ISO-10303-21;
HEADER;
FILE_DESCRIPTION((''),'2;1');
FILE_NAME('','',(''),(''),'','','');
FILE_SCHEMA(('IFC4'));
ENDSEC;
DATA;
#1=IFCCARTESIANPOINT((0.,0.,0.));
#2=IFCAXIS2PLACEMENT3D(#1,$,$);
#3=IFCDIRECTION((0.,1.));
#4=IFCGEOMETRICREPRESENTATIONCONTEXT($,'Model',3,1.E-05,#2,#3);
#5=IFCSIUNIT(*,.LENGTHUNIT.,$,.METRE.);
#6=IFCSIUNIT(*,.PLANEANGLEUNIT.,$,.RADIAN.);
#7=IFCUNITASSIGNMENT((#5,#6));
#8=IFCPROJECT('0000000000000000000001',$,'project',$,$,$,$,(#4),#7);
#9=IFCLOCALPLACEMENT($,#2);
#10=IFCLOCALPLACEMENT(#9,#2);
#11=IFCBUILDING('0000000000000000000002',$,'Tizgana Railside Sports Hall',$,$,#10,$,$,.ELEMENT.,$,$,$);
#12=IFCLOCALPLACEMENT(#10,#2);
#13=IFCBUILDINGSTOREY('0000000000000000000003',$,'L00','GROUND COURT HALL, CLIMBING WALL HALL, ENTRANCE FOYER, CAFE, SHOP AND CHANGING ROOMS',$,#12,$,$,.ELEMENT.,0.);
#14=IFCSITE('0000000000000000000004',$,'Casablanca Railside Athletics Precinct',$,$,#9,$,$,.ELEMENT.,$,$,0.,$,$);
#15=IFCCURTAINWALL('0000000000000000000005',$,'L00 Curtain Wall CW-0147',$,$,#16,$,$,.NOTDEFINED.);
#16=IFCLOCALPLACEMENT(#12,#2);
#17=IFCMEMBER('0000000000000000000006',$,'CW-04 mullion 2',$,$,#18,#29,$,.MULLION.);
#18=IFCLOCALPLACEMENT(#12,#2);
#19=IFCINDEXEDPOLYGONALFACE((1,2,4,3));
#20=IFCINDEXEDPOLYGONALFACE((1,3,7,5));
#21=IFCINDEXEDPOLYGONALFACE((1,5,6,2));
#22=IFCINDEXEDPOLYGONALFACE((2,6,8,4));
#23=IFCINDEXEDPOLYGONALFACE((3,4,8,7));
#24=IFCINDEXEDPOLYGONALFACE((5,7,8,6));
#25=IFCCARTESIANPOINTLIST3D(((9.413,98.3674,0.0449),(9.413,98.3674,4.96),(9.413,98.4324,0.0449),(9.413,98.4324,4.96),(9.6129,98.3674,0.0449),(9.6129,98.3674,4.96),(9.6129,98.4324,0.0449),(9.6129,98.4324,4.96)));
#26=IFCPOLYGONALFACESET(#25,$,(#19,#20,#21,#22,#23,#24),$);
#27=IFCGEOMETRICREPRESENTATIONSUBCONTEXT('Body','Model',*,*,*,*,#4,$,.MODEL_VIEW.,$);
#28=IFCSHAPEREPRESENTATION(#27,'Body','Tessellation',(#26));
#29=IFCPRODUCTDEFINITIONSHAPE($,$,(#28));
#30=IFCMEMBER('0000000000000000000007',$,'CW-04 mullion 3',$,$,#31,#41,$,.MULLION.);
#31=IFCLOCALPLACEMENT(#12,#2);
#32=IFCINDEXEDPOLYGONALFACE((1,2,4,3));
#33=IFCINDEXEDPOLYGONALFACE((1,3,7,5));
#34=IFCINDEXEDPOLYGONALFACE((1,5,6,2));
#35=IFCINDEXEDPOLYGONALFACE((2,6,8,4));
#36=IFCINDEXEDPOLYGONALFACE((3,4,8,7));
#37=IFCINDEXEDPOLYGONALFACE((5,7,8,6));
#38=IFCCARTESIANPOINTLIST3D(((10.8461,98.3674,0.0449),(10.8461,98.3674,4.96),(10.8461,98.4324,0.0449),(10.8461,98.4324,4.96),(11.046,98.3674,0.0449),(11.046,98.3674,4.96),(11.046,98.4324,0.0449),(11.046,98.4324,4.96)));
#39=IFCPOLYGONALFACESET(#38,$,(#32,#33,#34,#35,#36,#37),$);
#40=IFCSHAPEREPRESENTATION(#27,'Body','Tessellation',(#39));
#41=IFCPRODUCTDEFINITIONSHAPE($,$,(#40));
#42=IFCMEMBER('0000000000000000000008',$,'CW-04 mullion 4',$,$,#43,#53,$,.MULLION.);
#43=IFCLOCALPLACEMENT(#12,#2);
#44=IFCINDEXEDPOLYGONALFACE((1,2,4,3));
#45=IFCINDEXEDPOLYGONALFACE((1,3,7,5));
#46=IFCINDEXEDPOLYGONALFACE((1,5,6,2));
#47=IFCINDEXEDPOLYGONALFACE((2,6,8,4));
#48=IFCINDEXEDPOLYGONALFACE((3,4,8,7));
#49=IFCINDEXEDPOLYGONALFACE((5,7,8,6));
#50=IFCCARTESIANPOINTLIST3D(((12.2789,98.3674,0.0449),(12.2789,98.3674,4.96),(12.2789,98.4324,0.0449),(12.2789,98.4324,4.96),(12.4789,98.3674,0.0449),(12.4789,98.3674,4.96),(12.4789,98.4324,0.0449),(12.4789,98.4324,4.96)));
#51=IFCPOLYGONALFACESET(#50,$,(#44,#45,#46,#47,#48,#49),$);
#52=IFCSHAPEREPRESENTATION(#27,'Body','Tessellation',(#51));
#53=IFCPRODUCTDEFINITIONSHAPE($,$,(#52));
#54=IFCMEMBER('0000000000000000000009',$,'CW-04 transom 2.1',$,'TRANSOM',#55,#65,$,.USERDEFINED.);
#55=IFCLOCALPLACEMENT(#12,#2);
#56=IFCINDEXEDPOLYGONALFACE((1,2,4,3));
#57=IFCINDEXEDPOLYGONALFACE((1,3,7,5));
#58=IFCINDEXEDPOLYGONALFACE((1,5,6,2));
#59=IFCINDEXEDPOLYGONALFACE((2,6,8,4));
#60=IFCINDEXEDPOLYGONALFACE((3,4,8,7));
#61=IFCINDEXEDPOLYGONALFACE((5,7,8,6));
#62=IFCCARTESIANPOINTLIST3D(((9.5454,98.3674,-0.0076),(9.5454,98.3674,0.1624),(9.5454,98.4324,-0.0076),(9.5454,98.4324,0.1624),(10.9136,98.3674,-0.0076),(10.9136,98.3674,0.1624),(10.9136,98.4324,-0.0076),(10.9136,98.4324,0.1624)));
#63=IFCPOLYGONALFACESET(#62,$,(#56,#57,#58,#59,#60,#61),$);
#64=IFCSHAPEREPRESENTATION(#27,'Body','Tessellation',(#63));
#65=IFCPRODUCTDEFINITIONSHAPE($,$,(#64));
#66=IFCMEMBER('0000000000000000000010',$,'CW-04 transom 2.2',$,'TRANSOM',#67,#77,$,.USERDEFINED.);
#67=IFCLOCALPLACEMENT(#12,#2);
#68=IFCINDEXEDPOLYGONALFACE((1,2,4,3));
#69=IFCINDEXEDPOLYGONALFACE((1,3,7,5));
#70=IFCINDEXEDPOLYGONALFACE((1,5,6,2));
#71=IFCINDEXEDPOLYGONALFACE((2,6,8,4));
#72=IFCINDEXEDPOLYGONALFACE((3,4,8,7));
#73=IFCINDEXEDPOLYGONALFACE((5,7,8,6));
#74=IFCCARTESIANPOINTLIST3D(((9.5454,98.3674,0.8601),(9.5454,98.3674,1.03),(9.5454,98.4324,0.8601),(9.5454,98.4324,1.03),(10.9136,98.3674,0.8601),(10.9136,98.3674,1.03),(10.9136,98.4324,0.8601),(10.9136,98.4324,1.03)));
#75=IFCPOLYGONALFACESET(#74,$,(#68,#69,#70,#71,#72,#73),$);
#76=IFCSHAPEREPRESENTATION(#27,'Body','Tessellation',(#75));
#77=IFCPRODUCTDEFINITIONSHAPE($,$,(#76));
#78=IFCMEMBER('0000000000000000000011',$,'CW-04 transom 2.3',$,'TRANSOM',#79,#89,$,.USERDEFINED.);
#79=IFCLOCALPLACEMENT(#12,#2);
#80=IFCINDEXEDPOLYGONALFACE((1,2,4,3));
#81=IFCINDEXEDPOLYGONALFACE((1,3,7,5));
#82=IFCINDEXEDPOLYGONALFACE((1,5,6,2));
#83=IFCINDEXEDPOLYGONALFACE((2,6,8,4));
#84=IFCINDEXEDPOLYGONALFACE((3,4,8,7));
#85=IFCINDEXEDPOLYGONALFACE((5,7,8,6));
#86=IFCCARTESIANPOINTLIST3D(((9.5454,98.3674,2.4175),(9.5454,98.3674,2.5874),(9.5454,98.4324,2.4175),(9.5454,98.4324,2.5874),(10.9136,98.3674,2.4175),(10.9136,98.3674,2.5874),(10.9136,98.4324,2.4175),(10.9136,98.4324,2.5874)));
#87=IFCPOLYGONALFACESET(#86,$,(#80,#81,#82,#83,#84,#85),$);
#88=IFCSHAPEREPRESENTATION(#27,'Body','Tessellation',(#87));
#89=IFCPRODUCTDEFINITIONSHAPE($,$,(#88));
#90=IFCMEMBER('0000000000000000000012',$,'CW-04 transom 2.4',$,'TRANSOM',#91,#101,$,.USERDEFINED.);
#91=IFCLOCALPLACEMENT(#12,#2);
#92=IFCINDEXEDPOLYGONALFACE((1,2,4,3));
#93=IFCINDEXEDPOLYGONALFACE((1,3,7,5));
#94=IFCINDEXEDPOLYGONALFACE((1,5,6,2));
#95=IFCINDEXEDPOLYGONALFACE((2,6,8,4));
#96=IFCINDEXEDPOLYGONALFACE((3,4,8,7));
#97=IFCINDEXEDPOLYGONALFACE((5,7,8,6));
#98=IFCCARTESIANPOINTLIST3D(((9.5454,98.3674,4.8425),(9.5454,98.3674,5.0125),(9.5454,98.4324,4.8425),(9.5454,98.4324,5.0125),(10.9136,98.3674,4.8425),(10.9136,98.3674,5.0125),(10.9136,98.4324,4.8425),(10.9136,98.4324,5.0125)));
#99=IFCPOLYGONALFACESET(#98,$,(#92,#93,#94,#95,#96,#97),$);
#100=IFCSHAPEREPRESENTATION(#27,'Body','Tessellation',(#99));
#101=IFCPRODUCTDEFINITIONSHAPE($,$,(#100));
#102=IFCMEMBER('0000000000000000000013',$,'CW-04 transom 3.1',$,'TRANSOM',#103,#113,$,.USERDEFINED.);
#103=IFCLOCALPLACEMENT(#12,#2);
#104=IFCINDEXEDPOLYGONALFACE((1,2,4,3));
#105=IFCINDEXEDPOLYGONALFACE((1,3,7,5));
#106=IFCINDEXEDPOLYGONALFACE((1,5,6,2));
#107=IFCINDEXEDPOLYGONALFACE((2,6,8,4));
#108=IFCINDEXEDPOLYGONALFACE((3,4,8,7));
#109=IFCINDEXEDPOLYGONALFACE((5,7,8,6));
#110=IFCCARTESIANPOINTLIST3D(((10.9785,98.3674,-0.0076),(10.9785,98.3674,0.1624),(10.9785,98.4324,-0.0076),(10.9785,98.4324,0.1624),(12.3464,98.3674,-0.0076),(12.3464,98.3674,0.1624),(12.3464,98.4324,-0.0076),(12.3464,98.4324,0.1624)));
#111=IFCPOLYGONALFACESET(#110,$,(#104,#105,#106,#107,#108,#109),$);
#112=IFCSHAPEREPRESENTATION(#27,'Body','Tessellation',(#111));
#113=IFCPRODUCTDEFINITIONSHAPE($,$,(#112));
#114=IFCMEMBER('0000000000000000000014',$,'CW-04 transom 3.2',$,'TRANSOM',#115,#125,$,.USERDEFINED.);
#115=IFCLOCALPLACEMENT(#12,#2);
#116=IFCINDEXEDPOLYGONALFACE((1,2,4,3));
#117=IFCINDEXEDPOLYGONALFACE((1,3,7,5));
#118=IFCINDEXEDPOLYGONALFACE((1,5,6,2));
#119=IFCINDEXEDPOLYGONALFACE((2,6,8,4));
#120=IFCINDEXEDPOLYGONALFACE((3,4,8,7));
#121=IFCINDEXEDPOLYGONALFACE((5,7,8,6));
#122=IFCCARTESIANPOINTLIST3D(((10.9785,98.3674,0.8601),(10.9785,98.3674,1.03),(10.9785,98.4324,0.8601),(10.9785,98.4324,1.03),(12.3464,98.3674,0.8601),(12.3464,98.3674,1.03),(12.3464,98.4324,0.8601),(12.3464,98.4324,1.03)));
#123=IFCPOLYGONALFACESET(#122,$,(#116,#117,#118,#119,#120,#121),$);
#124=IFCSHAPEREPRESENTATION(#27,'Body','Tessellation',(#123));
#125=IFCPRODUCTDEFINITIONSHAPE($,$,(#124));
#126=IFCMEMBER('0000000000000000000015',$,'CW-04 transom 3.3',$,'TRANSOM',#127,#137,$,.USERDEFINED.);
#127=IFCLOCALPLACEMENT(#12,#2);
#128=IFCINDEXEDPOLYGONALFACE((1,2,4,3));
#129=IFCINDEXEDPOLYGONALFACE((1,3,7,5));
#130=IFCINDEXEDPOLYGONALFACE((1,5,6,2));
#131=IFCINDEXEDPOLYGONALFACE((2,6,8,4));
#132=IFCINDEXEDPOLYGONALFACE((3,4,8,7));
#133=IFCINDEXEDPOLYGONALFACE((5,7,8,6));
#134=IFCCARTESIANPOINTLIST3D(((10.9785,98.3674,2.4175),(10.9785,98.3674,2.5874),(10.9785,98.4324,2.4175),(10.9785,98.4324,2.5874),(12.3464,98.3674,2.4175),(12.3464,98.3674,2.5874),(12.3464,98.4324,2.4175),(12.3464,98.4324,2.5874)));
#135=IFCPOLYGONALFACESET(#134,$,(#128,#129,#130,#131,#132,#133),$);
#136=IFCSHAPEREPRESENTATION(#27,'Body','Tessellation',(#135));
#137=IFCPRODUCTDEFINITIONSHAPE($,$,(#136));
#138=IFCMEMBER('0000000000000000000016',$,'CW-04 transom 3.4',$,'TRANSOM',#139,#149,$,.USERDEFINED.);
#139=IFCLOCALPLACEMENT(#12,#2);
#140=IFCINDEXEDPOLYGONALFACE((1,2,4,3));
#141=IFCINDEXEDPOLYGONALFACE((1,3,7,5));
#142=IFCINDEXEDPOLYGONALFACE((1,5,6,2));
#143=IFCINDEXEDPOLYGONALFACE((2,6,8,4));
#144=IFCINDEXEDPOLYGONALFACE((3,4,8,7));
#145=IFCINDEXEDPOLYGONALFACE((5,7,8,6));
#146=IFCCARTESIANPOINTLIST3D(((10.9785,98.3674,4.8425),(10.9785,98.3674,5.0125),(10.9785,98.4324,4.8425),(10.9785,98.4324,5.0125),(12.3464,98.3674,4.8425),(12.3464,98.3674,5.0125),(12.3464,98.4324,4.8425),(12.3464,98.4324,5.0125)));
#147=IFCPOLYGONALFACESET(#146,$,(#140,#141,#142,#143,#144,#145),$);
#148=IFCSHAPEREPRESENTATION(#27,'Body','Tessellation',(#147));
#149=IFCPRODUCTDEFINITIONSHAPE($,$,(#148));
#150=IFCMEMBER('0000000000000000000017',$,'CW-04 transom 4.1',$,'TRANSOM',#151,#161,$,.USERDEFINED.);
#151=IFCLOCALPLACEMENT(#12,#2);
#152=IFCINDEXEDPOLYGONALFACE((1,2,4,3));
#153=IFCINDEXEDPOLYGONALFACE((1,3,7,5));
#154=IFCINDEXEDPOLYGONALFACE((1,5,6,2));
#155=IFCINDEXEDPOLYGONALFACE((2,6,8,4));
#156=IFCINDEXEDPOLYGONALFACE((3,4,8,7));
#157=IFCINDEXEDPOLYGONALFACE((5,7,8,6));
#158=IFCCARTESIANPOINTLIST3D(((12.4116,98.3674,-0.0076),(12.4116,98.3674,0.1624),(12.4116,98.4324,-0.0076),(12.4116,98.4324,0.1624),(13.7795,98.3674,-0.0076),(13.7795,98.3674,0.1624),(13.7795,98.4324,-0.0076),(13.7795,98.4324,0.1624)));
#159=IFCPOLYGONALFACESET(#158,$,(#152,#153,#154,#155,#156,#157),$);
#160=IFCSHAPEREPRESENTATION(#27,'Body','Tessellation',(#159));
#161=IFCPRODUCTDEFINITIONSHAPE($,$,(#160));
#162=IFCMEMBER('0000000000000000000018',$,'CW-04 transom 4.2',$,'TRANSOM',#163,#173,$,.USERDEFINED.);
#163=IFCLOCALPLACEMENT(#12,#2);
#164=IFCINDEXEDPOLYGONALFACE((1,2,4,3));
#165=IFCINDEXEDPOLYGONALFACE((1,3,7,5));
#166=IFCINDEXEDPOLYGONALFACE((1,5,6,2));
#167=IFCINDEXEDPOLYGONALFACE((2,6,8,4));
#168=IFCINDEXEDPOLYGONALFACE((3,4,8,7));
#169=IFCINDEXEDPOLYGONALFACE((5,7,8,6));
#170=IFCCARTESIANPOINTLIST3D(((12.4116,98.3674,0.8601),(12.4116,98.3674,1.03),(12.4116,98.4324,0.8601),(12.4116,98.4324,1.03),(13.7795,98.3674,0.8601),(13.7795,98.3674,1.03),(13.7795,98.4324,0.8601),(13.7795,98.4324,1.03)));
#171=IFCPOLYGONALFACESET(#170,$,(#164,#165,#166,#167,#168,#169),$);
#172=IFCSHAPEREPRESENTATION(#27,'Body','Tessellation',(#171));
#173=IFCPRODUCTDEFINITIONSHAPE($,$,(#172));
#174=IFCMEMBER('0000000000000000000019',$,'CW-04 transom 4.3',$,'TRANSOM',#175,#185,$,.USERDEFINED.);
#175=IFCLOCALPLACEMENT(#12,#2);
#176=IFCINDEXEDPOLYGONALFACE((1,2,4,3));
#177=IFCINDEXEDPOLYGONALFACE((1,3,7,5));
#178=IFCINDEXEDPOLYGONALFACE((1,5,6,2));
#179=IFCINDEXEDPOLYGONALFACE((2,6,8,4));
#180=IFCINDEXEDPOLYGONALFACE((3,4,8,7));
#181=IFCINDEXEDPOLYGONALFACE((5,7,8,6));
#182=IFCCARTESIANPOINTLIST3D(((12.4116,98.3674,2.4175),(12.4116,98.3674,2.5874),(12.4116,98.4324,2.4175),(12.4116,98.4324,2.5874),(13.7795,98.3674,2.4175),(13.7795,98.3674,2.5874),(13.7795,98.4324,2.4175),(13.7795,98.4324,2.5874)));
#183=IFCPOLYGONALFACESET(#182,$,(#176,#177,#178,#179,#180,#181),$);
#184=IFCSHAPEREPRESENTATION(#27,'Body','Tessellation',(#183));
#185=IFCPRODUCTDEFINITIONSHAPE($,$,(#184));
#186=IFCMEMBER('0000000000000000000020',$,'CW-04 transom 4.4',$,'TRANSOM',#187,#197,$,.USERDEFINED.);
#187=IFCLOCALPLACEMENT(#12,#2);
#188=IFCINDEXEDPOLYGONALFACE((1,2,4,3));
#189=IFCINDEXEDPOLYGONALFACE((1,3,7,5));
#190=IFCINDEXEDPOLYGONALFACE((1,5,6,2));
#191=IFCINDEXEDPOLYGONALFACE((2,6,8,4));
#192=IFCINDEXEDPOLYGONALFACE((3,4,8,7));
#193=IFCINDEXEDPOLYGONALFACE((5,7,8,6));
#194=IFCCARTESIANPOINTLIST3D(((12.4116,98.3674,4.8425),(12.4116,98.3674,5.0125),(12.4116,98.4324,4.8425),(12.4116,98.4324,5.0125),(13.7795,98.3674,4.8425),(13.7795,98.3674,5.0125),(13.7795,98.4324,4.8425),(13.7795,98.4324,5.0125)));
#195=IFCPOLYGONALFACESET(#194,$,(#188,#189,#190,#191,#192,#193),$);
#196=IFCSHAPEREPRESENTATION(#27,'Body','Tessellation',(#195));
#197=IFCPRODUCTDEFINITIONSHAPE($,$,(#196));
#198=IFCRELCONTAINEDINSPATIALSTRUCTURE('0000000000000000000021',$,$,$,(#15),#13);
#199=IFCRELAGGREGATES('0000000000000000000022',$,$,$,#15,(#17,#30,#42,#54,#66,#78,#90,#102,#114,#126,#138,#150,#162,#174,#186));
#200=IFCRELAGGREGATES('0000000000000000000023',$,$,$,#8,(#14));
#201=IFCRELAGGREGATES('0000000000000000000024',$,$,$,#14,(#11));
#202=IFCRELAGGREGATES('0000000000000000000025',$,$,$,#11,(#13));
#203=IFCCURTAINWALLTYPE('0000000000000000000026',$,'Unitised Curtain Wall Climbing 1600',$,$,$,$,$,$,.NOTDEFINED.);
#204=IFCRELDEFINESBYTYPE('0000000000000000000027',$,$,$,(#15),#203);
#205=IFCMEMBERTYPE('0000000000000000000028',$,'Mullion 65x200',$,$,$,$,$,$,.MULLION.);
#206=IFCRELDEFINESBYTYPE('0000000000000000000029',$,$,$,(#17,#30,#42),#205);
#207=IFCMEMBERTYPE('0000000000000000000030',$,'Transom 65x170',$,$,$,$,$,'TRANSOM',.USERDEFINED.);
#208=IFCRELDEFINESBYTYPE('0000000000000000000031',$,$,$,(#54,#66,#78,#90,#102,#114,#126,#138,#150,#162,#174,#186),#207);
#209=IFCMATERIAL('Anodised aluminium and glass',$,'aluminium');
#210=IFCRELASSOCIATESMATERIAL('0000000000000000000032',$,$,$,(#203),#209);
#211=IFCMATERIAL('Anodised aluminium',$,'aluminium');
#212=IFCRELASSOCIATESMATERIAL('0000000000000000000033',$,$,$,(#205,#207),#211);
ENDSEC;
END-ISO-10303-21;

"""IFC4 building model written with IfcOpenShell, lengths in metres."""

from ifc_helpers import new_model, si_unit, direction, frame, origin, origin_2d, place, context, subcontext, project, spatial, rectangle, extrude, material, material_profile, profile_set, type_object, element, aggregate, save


model = new_model("IFC4")

# Units and contexts
model_context = context("Model", 3, precision=1e-05, world=origin(), true_north=direction((0.0, 1.0)))
body_context = subcontext(model_context, "Body", "Model", "MODEL_VIEW")
ifc_project = project(units=[si_unit("LENGTHUNIT", "METRE"), si_unit("PLANEANGLEUNIT", "RADIAN")], contexts=[model_context])

# Site, building, storey
site_placement = place(None, origin())
site = spatial("IfcSite", under=ifc_project, at=site_placement, Name="Casablanca Railside Athletics Precinct", CompositionType="ELEMENT", RefElevation=0.0)
building_placement = place(site_placement, origin())
building = spatial("IfcBuilding", under=site, at=building_placement, Name="Tizgana Railside Sports Hall", CompositionType="ELEMENT")
storey_placement = place(building_placement, origin())
storey = spatial("IfcBuildingStorey", under=building, at=storey_placement, Name="L00", Description="GROUND COURT HALL, CLIMBING WALL HALL, ENTRANCE FOYER, CAFE, SHOP AND CHANGING ROOMS", CompositionType="ELEMENT", Elevation=0.0)

# Curtain wall, members
ifc_material_1 = material(Name="Anodised aluminium and glass", Category="aluminium")
curtain_wall_type = type_object("IfcCurtainWallType", Name="Unitised Curtain Wall Climbing 1600", PredefinedType="NOTDEFINED", material=ifc_material_1)
curtain_wall_placement = place(storey_placement, origin())
curtain_wall = element("IfcCurtainWall", 1, at=curtain_wall_placement, inside=storey, type_object=curtain_wall_type, Name="L00 Curtain Wall CW-0147", PredefinedType="NOTDEFINED")
ifc_material_2 = material(Name="Anodised aluminium", Category="aluminium")
ifc_material_profile_1 = material_profile(ifc_material_2, rectangle(XDim=0.0649, YDim=0.2, at=origin_2d()), Name="Mullion 65x200")
ifc_profile_set_1 = profile_set([ifc_material_profile_1], Name="Anodised aluminium")
member_type_1 = type_object("IfcMemberType", Name="Mullion 65x200", PredefinedType="MULLION", material=ifc_profile_set_1)
member_1_placement = place(storey_placement, frame((9.5129, 98.3999, 0.0449), z_axis=(0.0, 0.0, 1.0), x_axis=(0.0, 1.0, 0.0)))
member_1 = element("IfcMember", 2, at=member_1_placement, type_object=member_type_1, Name="CW-04 mullion 2", PredefinedType="MULLION", context=body_context, shape_type="SweptSolid", body=[
    extrude(rectangle(XDim=0.0649, YDim=0.2, at=origin_2d()), origin(), (0.0, 0.0, 1.0), 4.915),
])
member_2_placement = place(storey_placement, frame((10.946, 98.3999, 0.0449), z_axis=(0.0, 0.0, 1.0), x_axis=(0.0, 1.0, 0.0)))
member_2 = element("IfcMember", 3, at=member_2_placement, type_object=member_type_1, Name="CW-04 mullion 3", PredefinedType="MULLION", context=body_context, shape_type="SweptSolid", body=[
    extrude(rectangle(XDim=0.0649, YDim=0.2, at=origin_2d()), origin(), (0.0, 0.0, 1.0), 4.915),
])
member_3_placement = place(storey_placement, frame((12.3789, 98.3999, 0.0449), z_axis=(0.0, 0.0, 1.0), x_axis=(0.0, 1.0, 0.0)))
member_3 = element("IfcMember", 4, at=member_3_placement, type_object=member_type_1, Name="CW-04 mullion 4", PredefinedType="MULLION", context=body_context, shape_type="SweptSolid", body=[
    extrude(rectangle(XDim=0.0649, YDim=0.2, at=origin_2d()), origin(), (0.0, 0.0, 1.0), 4.915),
])
ifc_material_profile_2 = material_profile(ifc_material_2, rectangle(XDim=0.0649, YDim=0.1699, at=origin_2d()), Name="Transom 65x170")
ifc_profile_set_2 = profile_set([ifc_material_profile_2], Name="Anodised aluminium")
member_type_2 = type_object("IfcMemberType", Name="Transom 65x170", ElementType="TRANSOM", PredefinedType="USERDEFINED", material=ifc_profile_set_2)
member_4_placement = place(storey_placement, frame((9.5454, 98.3999, 0.0774), z_axis=(1.0, 0.0, 0.0), x_axis=(0.0, 1.0, 0.0)))
member_4 = element("IfcMember", 5, at=member_4_placement, type_object=member_type_2, Name="CW-04 transom 2.1", ObjectType="TRANSOM", PredefinedType="USERDEFINED", context=body_context, shape_type="SweptSolid", body=[
    extrude(rectangle(XDim=0.0649, YDim=0.1699, at=origin_2d()), origin(), (0.0, 0.0, 1.0), 1.3682),
])
member_5_placement = place(storey_placement, frame((9.5454, 98.3999, 0.9451), z_axis=(1.0, 0.0, 0.0), x_axis=(0.0, 1.0, 0.0)))
member_5 = element("IfcMember", 6, at=member_5_placement, type_object=member_type_2, Name="CW-04 transom 2.2", ObjectType="TRANSOM", PredefinedType="USERDEFINED", context=body_context, shape_type="SweptSolid", body=[
    extrude(rectangle(XDim=0.0649, YDim=0.1699, at=origin_2d()), origin(), (0.0, 0.0, 1.0), 1.3682),
])
member_6_placement = place(storey_placement, frame((9.5454, 98.3999, 2.5024), z_axis=(1.0, 0.0, 0.0), x_axis=(0.0, 1.0, 0.0)))
member_6 = element("IfcMember", 7, at=member_6_placement, type_object=member_type_2, Name="CW-04 transom 2.3", ObjectType="TRANSOM", PredefinedType="USERDEFINED", context=body_context, shape_type="SweptSolid", body=[
    extrude(rectangle(XDim=0.0649, YDim=0.1699, at=origin_2d()), origin(), (0.0, 0.0, 1.0), 1.3682),
])
member_7_placement = place(storey_placement, frame((9.5454, 98.3999, 4.9275), z_axis=(1.0, 0.0, 0.0), x_axis=(0.0, 1.0, 0.0)))
member_7 = element("IfcMember", 8, at=member_7_placement, type_object=member_type_2, Name="CW-04 transom 2.4", ObjectType="TRANSOM", PredefinedType="USERDEFINED", context=body_context, shape_type="SweptSolid", body=[
    extrude(rectangle(XDim=0.0649, YDim=0.1699, at=origin_2d()), origin(), (0.0, 0.0, 1.0), 1.3682),
])
member_8_placement = place(storey_placement, frame((10.9785, 98.3999, 0.0774), z_axis=(1.0, 0.0, 0.0), x_axis=(0.0, 1.0, 0.0)))
member_8 = element("IfcMember", 9, at=member_8_placement, type_object=member_type_2, Name="CW-04 transom 3.1", ObjectType="TRANSOM", PredefinedType="USERDEFINED", context=body_context, shape_type="SweptSolid", body=[
    extrude(rectangle(XDim=0.0649, YDim=0.1699, at=origin_2d()), origin(), (0.0, 0.0, 1.0), 1.3679),
])
member_9_placement = place(storey_placement, frame((10.9785, 98.3999, 0.9451), z_axis=(1.0, 0.0, 0.0), x_axis=(0.0, 1.0, 0.0)))
member_9 = element("IfcMember", 10, at=member_9_placement, type_object=member_type_2, Name="CW-04 transom 3.2", ObjectType="TRANSOM", PredefinedType="USERDEFINED", context=body_context, shape_type="SweptSolid", body=[
    extrude(rectangle(XDim=0.0649, YDim=0.1699, at=origin_2d()), origin(), (0.0, 0.0, 1.0), 1.3679),
])
member_10_placement = place(storey_placement, frame((10.9785, 98.3999, 2.5024), z_axis=(1.0, 0.0, 0.0), x_axis=(0.0, 1.0, 0.0)))
member_10 = element("IfcMember", 11, at=member_10_placement, type_object=member_type_2, Name="CW-04 transom 3.3", ObjectType="TRANSOM", PredefinedType="USERDEFINED", context=body_context, shape_type="SweptSolid", body=[
    extrude(rectangle(XDim=0.0649, YDim=0.1699, at=origin_2d()), origin(), (0.0, 0.0, 1.0), 1.3679),
])
member_11_placement = place(storey_placement, frame((10.9785, 98.3999, 4.9275), z_axis=(1.0, 0.0, 0.0), x_axis=(0.0, 1.0, 0.0)))
member_11 = element("IfcMember", 12, at=member_11_placement, type_object=member_type_2, Name="CW-04 transom 3.4", ObjectType="TRANSOM", PredefinedType="USERDEFINED", context=body_context, shape_type="SweptSolid", body=[
    extrude(rectangle(XDim=0.0649, YDim=0.1699, at=origin_2d()), origin(), (0.0, 0.0, 1.0), 1.3679),
])
member_12_placement = place(storey_placement, frame((12.4116, 98.3999, 0.0774), z_axis=(1.0, 0.0, 0.0), x_axis=(0.0, 1.0, 0.0)))
member_12 = element("IfcMember", 13, at=member_12_placement, type_object=member_type_2, Name="CW-04 transom 4.1", ObjectType="TRANSOM", PredefinedType="USERDEFINED", context=body_context, shape_type="SweptSolid", body=[
    extrude(rectangle(XDim=0.0649, YDim=0.1699, at=origin_2d()), origin(), (0.0, 0.0, 1.0), 1.3679),
])
member_13_placement = place(storey_placement, frame((12.4116, 98.3999, 0.9451), z_axis=(1.0, 0.0, 0.0), x_axis=(0.0, 1.0, 0.0)))
member_13 = element("IfcMember", 14, at=member_13_placement, type_object=member_type_2, Name="CW-04 transom 4.2", ObjectType="TRANSOM", PredefinedType="USERDEFINED", context=body_context, shape_type="SweptSolid", body=[
    extrude(rectangle(XDim=0.0649, YDim=0.1699, at=origin_2d()), origin(), (0.0, 0.0, 1.0), 1.3679),
])
member_14_placement = place(storey_placement, frame((12.4116, 98.3999, 2.5024), z_axis=(1.0, 0.0, 0.0), x_axis=(0.0, 1.0, 0.0)))
member_14 = element("IfcMember", 15, at=member_14_placement, type_object=member_type_2, Name="CW-04 transom 4.3", ObjectType="TRANSOM", PredefinedType="USERDEFINED", context=body_context, shape_type="SweptSolid", body=[
    extrude(rectangle(XDim=0.0649, YDim=0.1699, at=origin_2d()), origin(), (0.0, 0.0, 1.0), 1.3679),
])
member_15_placement = place(storey_placement, frame((12.4116, 98.3999, 4.9275), z_axis=(1.0, 0.0, 0.0), x_axis=(0.0, 1.0, 0.0)))
member_15 = element("IfcMember", 16, at=member_15_placement, type_object=member_type_2, Name="CW-04 transom 4.4", ObjectType="TRANSOM", PredefinedType="USERDEFINED", context=body_context, shape_type="SweptSolid", body=[
    extrude(rectangle(XDim=0.0649, YDim=0.1699, at=origin_2d()), origin(), (0.0, 0.0, 1.0), 1.3679),
])
aggregate(curtain_wall, [member_1, member_2, member_3, member_4, member_5, member_6, member_7, member_8, member_9, member_10, member_11, member_12, member_13, member_14, member_15])

save(model, "model.ifc")
